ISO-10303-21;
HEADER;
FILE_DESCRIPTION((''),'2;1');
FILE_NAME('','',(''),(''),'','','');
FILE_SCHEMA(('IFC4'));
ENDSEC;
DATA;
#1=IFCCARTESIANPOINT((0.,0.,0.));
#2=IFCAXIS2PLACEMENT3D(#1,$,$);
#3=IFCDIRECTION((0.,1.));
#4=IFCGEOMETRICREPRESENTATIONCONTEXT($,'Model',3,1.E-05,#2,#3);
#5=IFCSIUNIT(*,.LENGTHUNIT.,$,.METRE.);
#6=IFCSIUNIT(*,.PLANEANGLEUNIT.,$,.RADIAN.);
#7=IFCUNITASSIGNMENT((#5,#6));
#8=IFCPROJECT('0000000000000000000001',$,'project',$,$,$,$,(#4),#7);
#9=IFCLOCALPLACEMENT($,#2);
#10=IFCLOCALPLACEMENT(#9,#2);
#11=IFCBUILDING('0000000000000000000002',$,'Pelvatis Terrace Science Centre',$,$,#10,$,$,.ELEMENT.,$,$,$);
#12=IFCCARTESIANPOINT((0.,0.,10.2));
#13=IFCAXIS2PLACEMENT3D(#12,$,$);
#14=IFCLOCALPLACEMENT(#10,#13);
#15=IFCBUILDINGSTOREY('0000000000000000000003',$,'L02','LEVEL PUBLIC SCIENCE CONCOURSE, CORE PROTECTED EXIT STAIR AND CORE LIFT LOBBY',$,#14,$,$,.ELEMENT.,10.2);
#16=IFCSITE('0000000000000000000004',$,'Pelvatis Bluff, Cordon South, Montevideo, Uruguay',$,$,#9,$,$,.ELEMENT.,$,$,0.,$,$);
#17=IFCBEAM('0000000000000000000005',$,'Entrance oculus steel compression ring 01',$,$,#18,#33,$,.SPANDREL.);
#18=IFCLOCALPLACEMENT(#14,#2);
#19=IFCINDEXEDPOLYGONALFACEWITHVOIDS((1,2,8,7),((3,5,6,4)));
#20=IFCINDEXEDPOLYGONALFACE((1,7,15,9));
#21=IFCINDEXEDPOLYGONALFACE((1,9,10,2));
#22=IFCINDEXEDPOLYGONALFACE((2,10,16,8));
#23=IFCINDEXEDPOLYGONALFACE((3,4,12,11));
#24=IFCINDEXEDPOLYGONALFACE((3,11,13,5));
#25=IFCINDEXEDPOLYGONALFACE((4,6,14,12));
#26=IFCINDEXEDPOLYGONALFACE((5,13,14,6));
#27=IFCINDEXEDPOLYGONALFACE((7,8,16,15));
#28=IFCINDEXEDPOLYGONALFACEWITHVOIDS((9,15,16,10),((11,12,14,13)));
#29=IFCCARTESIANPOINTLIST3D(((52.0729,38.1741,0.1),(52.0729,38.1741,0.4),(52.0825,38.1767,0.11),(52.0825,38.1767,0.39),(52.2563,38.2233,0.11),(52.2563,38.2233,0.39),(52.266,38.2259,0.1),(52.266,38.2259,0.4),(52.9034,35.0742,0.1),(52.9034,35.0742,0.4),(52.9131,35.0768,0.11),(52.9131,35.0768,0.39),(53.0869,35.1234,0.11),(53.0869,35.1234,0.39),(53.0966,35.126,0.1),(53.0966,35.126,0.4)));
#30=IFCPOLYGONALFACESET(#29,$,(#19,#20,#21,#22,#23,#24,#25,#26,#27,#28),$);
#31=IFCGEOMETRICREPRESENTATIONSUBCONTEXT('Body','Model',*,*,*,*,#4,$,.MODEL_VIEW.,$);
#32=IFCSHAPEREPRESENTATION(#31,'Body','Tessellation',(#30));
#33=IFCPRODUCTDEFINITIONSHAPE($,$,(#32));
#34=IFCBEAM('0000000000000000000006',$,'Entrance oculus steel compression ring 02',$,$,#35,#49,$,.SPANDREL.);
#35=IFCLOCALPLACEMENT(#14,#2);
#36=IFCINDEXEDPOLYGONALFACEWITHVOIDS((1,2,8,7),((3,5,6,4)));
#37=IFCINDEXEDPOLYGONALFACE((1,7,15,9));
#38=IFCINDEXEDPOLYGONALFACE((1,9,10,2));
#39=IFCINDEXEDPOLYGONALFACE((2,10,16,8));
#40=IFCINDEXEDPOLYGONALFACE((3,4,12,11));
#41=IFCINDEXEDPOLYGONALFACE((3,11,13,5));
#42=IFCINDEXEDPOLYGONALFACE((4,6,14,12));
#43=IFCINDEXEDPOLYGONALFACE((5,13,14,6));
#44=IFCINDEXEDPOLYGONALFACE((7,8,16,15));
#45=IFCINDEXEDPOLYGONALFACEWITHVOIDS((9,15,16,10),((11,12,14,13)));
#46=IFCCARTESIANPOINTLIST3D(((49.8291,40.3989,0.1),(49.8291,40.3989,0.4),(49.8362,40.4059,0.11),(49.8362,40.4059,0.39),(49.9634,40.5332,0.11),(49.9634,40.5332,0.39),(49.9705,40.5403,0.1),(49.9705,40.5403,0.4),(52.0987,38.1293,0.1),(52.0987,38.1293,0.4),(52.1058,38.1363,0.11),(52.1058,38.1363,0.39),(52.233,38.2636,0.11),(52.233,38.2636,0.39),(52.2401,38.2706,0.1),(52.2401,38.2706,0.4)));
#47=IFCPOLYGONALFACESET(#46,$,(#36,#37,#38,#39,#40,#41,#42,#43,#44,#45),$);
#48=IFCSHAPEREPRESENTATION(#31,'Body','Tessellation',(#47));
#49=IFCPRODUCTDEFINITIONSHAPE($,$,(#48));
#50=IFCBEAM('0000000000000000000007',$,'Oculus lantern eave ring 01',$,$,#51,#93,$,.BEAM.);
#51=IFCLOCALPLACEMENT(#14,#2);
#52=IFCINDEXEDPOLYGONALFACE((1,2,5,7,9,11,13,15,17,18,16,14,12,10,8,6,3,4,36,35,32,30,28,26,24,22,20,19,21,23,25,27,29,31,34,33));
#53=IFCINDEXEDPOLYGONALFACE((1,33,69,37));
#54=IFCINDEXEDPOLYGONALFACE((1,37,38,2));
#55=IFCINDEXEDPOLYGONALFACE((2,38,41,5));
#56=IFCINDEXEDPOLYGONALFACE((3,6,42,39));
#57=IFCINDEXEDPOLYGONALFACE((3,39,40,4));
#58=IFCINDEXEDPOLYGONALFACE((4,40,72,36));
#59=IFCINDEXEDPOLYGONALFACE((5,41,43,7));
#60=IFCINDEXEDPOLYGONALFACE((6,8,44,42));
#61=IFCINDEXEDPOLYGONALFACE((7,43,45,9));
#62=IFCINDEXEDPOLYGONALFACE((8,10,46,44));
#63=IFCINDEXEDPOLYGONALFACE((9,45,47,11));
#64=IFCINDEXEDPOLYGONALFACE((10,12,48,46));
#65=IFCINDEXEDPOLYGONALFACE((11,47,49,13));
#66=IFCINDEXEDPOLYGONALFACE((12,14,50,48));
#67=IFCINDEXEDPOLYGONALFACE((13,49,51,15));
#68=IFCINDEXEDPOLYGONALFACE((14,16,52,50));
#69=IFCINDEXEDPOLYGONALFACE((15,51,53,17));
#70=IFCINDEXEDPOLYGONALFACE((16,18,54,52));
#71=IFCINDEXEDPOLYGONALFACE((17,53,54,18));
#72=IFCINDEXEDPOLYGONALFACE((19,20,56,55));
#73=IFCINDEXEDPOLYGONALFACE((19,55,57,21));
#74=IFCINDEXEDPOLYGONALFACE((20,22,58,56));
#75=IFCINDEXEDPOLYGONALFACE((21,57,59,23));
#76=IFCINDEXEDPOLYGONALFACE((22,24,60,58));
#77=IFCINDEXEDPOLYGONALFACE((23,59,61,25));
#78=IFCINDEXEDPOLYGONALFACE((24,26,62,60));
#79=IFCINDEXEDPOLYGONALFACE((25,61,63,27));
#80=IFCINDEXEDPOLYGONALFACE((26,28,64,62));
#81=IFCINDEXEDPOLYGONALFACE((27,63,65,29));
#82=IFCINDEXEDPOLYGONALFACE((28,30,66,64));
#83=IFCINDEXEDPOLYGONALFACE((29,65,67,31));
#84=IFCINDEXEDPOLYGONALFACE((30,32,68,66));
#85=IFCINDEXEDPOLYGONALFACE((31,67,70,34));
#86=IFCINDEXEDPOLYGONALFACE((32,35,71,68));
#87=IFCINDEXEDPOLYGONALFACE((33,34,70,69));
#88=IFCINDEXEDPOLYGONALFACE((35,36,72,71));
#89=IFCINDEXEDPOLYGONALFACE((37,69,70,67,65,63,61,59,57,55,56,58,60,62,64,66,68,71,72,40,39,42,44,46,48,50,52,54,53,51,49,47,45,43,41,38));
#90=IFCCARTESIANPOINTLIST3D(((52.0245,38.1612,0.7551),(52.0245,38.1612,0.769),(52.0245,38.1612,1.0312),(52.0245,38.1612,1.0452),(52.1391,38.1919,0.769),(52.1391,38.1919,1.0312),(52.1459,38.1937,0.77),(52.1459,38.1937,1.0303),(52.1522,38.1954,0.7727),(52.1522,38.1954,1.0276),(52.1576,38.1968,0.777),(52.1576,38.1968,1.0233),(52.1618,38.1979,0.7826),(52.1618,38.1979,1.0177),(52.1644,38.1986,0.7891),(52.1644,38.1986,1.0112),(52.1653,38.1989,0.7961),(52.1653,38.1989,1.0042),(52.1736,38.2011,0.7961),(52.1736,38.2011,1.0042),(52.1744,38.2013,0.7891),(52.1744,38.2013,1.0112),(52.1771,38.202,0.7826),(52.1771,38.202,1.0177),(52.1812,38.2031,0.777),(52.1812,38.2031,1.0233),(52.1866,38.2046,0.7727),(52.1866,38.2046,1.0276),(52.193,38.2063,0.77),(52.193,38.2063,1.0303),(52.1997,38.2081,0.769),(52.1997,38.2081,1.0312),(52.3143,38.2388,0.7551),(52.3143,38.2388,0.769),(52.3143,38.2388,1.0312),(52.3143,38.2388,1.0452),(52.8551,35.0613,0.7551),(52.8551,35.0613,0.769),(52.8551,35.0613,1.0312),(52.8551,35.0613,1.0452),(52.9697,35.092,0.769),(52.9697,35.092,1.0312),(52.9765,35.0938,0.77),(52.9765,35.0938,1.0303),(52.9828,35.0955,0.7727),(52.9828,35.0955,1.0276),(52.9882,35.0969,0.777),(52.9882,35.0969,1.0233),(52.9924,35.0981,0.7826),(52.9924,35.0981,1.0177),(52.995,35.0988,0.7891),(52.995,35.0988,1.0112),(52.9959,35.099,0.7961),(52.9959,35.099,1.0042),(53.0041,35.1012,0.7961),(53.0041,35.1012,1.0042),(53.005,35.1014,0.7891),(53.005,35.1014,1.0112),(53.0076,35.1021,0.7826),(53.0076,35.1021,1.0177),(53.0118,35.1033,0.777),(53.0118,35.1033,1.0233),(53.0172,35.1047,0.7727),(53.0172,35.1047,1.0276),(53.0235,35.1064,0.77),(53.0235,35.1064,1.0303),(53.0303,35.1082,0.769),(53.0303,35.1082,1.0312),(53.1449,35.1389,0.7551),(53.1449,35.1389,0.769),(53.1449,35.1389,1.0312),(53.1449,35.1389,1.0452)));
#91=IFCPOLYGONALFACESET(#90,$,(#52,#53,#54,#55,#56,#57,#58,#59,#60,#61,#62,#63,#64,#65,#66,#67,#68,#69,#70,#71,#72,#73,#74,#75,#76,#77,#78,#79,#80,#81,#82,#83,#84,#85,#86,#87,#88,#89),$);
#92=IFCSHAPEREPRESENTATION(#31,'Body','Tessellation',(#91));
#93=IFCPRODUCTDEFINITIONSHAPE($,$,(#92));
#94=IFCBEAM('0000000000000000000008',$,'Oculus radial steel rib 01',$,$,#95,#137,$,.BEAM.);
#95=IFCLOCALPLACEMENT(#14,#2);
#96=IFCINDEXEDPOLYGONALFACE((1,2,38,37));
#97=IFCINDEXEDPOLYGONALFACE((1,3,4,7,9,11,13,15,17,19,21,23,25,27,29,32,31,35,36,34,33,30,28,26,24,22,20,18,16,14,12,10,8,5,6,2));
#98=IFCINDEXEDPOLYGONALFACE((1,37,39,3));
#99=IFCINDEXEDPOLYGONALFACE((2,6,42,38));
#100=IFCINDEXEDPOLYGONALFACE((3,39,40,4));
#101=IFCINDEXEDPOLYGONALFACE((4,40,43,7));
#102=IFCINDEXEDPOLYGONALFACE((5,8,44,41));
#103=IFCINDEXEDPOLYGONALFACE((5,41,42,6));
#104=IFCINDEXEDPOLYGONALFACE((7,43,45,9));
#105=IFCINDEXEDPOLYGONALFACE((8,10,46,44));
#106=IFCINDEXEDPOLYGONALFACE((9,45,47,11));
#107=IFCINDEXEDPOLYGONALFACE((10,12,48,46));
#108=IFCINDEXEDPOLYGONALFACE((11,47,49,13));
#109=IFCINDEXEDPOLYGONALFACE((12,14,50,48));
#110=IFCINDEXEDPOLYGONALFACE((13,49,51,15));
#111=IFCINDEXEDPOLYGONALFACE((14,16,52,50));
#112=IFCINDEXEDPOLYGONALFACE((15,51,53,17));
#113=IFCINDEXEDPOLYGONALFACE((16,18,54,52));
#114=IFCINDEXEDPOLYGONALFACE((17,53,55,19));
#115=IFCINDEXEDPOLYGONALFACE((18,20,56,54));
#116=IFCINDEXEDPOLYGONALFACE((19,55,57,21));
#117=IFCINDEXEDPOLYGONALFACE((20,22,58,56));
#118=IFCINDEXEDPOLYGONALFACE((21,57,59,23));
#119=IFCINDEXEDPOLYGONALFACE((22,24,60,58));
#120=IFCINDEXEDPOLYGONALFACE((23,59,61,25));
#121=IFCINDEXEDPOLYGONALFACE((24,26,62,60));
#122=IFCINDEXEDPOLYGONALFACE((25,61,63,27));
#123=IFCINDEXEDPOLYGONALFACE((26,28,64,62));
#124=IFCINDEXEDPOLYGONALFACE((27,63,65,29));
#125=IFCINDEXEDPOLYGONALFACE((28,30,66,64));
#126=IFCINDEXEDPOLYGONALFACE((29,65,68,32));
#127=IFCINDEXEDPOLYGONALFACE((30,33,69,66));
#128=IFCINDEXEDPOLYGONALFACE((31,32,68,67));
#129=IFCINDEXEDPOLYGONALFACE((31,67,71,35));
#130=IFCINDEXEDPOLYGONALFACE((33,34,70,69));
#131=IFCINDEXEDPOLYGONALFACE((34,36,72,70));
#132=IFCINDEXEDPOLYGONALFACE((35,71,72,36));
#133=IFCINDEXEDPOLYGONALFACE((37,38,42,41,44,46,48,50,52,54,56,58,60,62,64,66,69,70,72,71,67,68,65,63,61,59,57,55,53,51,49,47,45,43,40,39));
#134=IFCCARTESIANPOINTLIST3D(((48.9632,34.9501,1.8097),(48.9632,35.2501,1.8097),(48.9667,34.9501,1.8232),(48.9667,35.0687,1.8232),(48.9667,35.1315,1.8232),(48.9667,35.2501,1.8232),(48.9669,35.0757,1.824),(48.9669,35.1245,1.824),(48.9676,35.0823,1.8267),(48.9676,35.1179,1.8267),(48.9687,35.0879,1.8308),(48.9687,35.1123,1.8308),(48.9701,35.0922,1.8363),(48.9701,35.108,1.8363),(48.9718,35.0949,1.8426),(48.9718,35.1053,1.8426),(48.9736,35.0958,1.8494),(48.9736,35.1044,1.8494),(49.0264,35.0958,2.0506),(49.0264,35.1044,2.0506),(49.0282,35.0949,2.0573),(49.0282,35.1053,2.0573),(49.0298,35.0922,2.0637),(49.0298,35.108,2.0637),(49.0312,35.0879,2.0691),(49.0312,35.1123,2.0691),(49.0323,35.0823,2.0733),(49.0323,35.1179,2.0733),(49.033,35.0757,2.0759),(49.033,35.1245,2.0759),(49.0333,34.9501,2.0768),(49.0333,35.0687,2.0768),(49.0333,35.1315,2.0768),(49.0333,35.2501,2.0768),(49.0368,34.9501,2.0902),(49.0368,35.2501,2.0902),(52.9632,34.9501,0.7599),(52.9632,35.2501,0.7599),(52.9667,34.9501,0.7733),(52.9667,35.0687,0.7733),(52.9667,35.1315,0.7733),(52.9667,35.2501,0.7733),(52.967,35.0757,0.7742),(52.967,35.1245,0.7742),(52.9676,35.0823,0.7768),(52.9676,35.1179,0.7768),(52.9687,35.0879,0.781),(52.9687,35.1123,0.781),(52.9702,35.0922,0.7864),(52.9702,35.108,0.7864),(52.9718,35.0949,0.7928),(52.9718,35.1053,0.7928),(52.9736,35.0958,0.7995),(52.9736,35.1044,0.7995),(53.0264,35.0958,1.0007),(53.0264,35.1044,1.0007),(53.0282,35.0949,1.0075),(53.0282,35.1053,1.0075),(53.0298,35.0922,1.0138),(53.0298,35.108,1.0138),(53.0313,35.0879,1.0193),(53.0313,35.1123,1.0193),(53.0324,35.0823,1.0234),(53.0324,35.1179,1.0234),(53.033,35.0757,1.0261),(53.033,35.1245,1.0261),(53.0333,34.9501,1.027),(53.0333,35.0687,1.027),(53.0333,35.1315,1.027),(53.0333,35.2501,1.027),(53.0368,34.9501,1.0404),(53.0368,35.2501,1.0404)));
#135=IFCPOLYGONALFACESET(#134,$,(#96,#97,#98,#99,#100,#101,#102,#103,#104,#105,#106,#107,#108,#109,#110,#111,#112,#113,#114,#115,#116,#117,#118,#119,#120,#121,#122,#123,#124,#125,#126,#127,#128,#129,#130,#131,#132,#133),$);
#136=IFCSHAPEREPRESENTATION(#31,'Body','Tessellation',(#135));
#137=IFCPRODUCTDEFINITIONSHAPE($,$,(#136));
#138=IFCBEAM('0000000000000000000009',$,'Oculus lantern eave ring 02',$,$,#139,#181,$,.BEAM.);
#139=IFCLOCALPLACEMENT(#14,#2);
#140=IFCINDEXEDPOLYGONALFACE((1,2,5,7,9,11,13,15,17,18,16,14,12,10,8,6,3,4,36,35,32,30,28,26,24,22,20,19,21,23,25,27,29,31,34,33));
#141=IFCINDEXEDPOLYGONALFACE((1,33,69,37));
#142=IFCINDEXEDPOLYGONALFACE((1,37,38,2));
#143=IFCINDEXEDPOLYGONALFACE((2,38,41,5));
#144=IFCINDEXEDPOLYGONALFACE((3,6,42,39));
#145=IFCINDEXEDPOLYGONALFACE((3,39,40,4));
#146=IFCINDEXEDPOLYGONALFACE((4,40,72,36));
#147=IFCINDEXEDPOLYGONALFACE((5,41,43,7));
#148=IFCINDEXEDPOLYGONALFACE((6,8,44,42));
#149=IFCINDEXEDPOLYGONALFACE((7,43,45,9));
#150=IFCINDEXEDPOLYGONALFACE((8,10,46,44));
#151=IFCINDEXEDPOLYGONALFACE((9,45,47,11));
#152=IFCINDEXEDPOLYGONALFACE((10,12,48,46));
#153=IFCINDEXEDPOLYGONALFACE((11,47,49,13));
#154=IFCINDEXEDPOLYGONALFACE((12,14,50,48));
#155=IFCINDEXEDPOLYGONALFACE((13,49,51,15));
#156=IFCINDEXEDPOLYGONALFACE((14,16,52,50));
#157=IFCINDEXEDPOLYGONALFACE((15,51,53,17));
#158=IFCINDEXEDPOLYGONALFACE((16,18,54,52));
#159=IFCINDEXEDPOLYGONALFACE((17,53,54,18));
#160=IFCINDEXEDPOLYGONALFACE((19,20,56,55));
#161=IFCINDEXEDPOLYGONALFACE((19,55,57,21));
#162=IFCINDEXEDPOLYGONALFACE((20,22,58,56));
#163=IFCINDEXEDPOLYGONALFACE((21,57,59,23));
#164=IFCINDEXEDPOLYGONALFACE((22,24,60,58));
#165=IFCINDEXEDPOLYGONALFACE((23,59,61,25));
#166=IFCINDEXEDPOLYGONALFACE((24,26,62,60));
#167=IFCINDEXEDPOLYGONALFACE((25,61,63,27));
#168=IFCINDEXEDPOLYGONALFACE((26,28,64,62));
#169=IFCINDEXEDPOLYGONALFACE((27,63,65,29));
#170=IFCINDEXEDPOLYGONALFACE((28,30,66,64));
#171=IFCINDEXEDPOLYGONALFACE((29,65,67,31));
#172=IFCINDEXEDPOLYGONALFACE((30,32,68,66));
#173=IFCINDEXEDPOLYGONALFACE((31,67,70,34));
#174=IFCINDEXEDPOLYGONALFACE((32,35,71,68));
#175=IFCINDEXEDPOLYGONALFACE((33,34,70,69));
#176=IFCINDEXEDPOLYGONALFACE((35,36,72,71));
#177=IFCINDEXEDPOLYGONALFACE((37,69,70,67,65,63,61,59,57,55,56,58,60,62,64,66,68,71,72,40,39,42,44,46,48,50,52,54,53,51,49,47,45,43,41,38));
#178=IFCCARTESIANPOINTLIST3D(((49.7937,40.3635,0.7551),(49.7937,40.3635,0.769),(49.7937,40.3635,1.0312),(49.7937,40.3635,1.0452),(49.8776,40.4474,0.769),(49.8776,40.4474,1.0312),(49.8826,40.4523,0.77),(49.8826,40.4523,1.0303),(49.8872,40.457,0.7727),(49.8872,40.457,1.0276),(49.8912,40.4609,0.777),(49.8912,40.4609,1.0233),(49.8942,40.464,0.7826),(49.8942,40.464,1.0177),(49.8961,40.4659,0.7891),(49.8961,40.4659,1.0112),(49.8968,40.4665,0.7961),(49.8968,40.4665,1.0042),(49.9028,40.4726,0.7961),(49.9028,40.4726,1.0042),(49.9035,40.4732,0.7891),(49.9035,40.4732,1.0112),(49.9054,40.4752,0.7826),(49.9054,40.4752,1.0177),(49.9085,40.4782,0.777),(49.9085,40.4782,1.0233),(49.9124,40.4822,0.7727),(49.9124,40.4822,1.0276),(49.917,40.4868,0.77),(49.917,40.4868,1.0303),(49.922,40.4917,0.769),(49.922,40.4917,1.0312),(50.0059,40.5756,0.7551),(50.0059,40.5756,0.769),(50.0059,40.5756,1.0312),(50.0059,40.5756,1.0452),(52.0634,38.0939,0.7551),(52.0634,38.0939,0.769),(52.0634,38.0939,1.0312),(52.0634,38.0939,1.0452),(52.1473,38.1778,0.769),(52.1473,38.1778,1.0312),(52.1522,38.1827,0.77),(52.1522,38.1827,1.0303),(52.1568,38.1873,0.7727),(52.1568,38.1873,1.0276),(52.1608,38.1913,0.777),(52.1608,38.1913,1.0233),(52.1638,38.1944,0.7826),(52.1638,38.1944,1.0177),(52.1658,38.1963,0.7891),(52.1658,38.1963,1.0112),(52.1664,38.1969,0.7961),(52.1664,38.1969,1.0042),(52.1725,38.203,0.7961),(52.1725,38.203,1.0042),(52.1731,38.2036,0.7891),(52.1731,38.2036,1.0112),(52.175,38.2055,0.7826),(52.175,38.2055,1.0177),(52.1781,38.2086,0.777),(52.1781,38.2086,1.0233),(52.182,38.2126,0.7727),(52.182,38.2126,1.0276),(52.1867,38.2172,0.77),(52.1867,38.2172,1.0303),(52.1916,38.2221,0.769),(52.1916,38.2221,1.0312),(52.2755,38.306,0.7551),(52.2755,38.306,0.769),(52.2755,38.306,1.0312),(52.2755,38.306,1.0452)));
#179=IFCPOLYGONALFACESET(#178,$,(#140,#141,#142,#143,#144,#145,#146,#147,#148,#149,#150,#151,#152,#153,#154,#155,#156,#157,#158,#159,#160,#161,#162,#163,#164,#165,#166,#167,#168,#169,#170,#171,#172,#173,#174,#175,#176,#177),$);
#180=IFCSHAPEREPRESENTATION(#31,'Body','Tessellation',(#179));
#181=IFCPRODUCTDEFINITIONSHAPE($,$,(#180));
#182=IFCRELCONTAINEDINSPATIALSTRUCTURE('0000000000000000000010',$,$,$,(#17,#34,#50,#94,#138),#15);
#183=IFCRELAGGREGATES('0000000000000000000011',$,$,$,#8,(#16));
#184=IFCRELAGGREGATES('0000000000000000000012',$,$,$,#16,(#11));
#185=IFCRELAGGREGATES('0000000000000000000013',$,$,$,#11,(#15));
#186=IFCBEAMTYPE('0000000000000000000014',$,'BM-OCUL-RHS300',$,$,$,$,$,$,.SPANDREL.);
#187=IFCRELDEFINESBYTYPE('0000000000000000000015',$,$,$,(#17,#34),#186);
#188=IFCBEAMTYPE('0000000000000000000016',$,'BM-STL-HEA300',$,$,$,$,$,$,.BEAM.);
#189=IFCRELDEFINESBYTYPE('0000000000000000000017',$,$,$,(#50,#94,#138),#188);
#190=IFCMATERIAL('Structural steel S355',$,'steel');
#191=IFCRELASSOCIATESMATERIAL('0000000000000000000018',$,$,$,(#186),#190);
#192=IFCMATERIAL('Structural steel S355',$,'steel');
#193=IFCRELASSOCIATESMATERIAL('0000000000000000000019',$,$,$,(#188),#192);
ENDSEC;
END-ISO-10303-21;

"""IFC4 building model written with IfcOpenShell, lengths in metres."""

from ifc_helpers import new_model, si_unit, direction, frame, origin, origin_2d, place, context, subcontext, project, spatial, hollow_rectangle, i_section, extrude, material, material_profile, profile_set, type_object, element, save


model = new_model("IFC4")

# Units and contexts
model_context = context("Model", 3, precision=1e-05, world=origin(), true_north=direction((0.0, 1.0)))
body_context = subcontext(model_context, "Body", "Model", "MODEL_VIEW")
ifc_project = project(units=[si_unit("LENGTHUNIT", "METRE"), si_unit("PLANEANGLEUNIT", "RADIAN")], contexts=[model_context])

# Site, building, storey
site_placement = place(None, origin())
site = spatial("IfcSite", under=ifc_project, at=site_placement, Name="Pelvatis Bluff, Cordon South, Montevideo, Uruguay", CompositionType="ELEMENT", RefElevation=0.0)
building_placement = place(site_placement, origin())
building = spatial("IfcBuilding", under=site, at=building_placement, Name="Pelvatis Terrace Science Centre", CompositionType="ELEMENT")
storey_placement = place(building_placement, frame((0.0, 0.0, 10.2)))
storey = spatial("IfcBuildingStorey", under=building, at=storey_placement, Name="L02", Description="LEVEL PUBLIC SCIENCE CONCOURSE, CORE PROTECTED EXIT STAIR AND CORE LIFT LOBBY", CompositionType="ELEMENT", Elevation=10.2)

# Beams
ifc_material_1 = material(Name="Structural steel S355", Category="steel")
ifc_material_profile_1 = material_profile(ifc_material_1, hollow_rectangle(XDim=0.2, YDim=0.3, WallThickness=0.01, at=origin_2d()), Name="RHS 300x200x10.0")
ifc_profile_set_1 = profile_set([ifc_material_profile_1], Name="Structural steel S355")
beam_type_1 = type_object("IfcBeamType", Name="BM-OCUL-RHS300", PredefinedType="SPANDREL", material=ifc_profile_set_1)
beam_1_placement = place(storey_placement, frame((53.0, 35.1001, 0.25), z_axis=(-0.258808, 0.965929, 0.0), x_axis=(-0.965929, -0.258808, 0.0)))
element("IfcBeam", 1, at=beam_1_placement, inside=storey, type_object=beam_type_1, Name="Entrance oculus steel compression ring 01", PredefinedType="SPANDREL", context=body_context, shape_type="SweptSolid", body=[
    extrude(hollow_rectangle(XDim=0.2, YDim=0.3, WallThickness=0.01, at=origin_2d()), origin(), (0.0, 0.0, 1.0), 3.2092),
])
beam_2_placement = place(storey_placement, frame((52.1694, 38.2, 0.25), z_axis=(-0.707107, 0.707107, 0.0), x_axis=(-0.707107, -0.707107, 0.0)))
element("IfcBeam", 2, at=beam_2_placement, inside=storey, type_object=beam_type_1, Name="Entrance oculus steel compression ring 02", PredefinedType="SPANDREL", context=body_context, shape_type="SweptSolid", body=[
    extrude(hollow_rectangle(XDim=0.2, YDim=0.3, WallThickness=0.01, at=origin_2d()), origin(), (0.0, 0.0, 1.0), 3.2097),
])
ifc_material_2 = material(Name="Structural steel S355", Category="steel")
ifc_material_profile_2 = material_profile(ifc_material_2, i_section(OverallWidth=0.3, OverallDepth=0.29, WebThickness=0.0085, FlangeThickness=0.0139, FilletRadius=0.0271, at=origin_2d()), Name="HEA 300")
ifc_profile_set_2 = profile_set([ifc_material_profile_2], Name="Structural steel S355")
beam_type_2 = type_object("IfcBeamType", Name="BM-STL-HEA300", PredefinedType="BEAM", material=ifc_profile_set_2)
beam_3_placement = place(storey_placement, frame((53.0, 35.1001, 0.9001), z_axis=(-0.258808, 0.965929, 0.0), x_axis=(-0.965929, -0.258808, 0.0)))
element("IfcBeam", 3, at=beam_3_placement, inside=storey, type_object=beam_type_2, Name="Oculus lantern eave ring 01", PredefinedType="BEAM", context=body_context, shape_type="SweptSolid", body=[
    extrude(i_section(OverallWidth=0.3, OverallDepth=0.29, WebThickness=0.0085, FlangeThickness=0.0139, FilletRadius=0.0271, at=origin_2d()), origin(), (0.0, 0.0, 1.0), 3.2092),
])
beam_4_placement = place(storey_placement, frame((53.0, 35.1001, 0.9001), z_axis=(-0.967243, 0.0, 0.253854), x_axis=(0.0, -1.0, 0.0)))
element("IfcBeam", 4, at=beam_4_placement, inside=storey, type_object=beam_type_2, Name="Oculus radial steel rib 01", PredefinedType="BEAM", context=body_context, shape_type="SweptSolid", body=[
    extrude(i_section(OverallWidth=0.3, OverallDepth=0.29, WebThickness=0.0085, FlangeThickness=0.0139, FilletRadius=0.0271, at=origin_2d()), origin(), (0.0, 0.0, 1.0), 4.1355),
])
beam_5_placement = place(storey_placement, frame((52.1694, 38.2, 0.9001), z_axis=(-0.707107, 0.707107, 0.0), x_axis=(-0.707107, -0.707107, 0.0)))
element("IfcBeam", 5, at=beam_5_placement, inside=storey, type_object=beam_type_2, Name="Oculus lantern eave ring 02", PredefinedType="BEAM", context=body_context, shape_type="SweptSolid", body=[
    extrude(i_section(OverallWidth=0.3, OverallDepth=0.29, WebThickness=0.0085, FlangeThickness=0.0139, FilletRadius=0.0271, at=origin_2d()), origin(), (0.0, 0.0, 1.0), 3.2097),
])

save(model, "model.ifc")
